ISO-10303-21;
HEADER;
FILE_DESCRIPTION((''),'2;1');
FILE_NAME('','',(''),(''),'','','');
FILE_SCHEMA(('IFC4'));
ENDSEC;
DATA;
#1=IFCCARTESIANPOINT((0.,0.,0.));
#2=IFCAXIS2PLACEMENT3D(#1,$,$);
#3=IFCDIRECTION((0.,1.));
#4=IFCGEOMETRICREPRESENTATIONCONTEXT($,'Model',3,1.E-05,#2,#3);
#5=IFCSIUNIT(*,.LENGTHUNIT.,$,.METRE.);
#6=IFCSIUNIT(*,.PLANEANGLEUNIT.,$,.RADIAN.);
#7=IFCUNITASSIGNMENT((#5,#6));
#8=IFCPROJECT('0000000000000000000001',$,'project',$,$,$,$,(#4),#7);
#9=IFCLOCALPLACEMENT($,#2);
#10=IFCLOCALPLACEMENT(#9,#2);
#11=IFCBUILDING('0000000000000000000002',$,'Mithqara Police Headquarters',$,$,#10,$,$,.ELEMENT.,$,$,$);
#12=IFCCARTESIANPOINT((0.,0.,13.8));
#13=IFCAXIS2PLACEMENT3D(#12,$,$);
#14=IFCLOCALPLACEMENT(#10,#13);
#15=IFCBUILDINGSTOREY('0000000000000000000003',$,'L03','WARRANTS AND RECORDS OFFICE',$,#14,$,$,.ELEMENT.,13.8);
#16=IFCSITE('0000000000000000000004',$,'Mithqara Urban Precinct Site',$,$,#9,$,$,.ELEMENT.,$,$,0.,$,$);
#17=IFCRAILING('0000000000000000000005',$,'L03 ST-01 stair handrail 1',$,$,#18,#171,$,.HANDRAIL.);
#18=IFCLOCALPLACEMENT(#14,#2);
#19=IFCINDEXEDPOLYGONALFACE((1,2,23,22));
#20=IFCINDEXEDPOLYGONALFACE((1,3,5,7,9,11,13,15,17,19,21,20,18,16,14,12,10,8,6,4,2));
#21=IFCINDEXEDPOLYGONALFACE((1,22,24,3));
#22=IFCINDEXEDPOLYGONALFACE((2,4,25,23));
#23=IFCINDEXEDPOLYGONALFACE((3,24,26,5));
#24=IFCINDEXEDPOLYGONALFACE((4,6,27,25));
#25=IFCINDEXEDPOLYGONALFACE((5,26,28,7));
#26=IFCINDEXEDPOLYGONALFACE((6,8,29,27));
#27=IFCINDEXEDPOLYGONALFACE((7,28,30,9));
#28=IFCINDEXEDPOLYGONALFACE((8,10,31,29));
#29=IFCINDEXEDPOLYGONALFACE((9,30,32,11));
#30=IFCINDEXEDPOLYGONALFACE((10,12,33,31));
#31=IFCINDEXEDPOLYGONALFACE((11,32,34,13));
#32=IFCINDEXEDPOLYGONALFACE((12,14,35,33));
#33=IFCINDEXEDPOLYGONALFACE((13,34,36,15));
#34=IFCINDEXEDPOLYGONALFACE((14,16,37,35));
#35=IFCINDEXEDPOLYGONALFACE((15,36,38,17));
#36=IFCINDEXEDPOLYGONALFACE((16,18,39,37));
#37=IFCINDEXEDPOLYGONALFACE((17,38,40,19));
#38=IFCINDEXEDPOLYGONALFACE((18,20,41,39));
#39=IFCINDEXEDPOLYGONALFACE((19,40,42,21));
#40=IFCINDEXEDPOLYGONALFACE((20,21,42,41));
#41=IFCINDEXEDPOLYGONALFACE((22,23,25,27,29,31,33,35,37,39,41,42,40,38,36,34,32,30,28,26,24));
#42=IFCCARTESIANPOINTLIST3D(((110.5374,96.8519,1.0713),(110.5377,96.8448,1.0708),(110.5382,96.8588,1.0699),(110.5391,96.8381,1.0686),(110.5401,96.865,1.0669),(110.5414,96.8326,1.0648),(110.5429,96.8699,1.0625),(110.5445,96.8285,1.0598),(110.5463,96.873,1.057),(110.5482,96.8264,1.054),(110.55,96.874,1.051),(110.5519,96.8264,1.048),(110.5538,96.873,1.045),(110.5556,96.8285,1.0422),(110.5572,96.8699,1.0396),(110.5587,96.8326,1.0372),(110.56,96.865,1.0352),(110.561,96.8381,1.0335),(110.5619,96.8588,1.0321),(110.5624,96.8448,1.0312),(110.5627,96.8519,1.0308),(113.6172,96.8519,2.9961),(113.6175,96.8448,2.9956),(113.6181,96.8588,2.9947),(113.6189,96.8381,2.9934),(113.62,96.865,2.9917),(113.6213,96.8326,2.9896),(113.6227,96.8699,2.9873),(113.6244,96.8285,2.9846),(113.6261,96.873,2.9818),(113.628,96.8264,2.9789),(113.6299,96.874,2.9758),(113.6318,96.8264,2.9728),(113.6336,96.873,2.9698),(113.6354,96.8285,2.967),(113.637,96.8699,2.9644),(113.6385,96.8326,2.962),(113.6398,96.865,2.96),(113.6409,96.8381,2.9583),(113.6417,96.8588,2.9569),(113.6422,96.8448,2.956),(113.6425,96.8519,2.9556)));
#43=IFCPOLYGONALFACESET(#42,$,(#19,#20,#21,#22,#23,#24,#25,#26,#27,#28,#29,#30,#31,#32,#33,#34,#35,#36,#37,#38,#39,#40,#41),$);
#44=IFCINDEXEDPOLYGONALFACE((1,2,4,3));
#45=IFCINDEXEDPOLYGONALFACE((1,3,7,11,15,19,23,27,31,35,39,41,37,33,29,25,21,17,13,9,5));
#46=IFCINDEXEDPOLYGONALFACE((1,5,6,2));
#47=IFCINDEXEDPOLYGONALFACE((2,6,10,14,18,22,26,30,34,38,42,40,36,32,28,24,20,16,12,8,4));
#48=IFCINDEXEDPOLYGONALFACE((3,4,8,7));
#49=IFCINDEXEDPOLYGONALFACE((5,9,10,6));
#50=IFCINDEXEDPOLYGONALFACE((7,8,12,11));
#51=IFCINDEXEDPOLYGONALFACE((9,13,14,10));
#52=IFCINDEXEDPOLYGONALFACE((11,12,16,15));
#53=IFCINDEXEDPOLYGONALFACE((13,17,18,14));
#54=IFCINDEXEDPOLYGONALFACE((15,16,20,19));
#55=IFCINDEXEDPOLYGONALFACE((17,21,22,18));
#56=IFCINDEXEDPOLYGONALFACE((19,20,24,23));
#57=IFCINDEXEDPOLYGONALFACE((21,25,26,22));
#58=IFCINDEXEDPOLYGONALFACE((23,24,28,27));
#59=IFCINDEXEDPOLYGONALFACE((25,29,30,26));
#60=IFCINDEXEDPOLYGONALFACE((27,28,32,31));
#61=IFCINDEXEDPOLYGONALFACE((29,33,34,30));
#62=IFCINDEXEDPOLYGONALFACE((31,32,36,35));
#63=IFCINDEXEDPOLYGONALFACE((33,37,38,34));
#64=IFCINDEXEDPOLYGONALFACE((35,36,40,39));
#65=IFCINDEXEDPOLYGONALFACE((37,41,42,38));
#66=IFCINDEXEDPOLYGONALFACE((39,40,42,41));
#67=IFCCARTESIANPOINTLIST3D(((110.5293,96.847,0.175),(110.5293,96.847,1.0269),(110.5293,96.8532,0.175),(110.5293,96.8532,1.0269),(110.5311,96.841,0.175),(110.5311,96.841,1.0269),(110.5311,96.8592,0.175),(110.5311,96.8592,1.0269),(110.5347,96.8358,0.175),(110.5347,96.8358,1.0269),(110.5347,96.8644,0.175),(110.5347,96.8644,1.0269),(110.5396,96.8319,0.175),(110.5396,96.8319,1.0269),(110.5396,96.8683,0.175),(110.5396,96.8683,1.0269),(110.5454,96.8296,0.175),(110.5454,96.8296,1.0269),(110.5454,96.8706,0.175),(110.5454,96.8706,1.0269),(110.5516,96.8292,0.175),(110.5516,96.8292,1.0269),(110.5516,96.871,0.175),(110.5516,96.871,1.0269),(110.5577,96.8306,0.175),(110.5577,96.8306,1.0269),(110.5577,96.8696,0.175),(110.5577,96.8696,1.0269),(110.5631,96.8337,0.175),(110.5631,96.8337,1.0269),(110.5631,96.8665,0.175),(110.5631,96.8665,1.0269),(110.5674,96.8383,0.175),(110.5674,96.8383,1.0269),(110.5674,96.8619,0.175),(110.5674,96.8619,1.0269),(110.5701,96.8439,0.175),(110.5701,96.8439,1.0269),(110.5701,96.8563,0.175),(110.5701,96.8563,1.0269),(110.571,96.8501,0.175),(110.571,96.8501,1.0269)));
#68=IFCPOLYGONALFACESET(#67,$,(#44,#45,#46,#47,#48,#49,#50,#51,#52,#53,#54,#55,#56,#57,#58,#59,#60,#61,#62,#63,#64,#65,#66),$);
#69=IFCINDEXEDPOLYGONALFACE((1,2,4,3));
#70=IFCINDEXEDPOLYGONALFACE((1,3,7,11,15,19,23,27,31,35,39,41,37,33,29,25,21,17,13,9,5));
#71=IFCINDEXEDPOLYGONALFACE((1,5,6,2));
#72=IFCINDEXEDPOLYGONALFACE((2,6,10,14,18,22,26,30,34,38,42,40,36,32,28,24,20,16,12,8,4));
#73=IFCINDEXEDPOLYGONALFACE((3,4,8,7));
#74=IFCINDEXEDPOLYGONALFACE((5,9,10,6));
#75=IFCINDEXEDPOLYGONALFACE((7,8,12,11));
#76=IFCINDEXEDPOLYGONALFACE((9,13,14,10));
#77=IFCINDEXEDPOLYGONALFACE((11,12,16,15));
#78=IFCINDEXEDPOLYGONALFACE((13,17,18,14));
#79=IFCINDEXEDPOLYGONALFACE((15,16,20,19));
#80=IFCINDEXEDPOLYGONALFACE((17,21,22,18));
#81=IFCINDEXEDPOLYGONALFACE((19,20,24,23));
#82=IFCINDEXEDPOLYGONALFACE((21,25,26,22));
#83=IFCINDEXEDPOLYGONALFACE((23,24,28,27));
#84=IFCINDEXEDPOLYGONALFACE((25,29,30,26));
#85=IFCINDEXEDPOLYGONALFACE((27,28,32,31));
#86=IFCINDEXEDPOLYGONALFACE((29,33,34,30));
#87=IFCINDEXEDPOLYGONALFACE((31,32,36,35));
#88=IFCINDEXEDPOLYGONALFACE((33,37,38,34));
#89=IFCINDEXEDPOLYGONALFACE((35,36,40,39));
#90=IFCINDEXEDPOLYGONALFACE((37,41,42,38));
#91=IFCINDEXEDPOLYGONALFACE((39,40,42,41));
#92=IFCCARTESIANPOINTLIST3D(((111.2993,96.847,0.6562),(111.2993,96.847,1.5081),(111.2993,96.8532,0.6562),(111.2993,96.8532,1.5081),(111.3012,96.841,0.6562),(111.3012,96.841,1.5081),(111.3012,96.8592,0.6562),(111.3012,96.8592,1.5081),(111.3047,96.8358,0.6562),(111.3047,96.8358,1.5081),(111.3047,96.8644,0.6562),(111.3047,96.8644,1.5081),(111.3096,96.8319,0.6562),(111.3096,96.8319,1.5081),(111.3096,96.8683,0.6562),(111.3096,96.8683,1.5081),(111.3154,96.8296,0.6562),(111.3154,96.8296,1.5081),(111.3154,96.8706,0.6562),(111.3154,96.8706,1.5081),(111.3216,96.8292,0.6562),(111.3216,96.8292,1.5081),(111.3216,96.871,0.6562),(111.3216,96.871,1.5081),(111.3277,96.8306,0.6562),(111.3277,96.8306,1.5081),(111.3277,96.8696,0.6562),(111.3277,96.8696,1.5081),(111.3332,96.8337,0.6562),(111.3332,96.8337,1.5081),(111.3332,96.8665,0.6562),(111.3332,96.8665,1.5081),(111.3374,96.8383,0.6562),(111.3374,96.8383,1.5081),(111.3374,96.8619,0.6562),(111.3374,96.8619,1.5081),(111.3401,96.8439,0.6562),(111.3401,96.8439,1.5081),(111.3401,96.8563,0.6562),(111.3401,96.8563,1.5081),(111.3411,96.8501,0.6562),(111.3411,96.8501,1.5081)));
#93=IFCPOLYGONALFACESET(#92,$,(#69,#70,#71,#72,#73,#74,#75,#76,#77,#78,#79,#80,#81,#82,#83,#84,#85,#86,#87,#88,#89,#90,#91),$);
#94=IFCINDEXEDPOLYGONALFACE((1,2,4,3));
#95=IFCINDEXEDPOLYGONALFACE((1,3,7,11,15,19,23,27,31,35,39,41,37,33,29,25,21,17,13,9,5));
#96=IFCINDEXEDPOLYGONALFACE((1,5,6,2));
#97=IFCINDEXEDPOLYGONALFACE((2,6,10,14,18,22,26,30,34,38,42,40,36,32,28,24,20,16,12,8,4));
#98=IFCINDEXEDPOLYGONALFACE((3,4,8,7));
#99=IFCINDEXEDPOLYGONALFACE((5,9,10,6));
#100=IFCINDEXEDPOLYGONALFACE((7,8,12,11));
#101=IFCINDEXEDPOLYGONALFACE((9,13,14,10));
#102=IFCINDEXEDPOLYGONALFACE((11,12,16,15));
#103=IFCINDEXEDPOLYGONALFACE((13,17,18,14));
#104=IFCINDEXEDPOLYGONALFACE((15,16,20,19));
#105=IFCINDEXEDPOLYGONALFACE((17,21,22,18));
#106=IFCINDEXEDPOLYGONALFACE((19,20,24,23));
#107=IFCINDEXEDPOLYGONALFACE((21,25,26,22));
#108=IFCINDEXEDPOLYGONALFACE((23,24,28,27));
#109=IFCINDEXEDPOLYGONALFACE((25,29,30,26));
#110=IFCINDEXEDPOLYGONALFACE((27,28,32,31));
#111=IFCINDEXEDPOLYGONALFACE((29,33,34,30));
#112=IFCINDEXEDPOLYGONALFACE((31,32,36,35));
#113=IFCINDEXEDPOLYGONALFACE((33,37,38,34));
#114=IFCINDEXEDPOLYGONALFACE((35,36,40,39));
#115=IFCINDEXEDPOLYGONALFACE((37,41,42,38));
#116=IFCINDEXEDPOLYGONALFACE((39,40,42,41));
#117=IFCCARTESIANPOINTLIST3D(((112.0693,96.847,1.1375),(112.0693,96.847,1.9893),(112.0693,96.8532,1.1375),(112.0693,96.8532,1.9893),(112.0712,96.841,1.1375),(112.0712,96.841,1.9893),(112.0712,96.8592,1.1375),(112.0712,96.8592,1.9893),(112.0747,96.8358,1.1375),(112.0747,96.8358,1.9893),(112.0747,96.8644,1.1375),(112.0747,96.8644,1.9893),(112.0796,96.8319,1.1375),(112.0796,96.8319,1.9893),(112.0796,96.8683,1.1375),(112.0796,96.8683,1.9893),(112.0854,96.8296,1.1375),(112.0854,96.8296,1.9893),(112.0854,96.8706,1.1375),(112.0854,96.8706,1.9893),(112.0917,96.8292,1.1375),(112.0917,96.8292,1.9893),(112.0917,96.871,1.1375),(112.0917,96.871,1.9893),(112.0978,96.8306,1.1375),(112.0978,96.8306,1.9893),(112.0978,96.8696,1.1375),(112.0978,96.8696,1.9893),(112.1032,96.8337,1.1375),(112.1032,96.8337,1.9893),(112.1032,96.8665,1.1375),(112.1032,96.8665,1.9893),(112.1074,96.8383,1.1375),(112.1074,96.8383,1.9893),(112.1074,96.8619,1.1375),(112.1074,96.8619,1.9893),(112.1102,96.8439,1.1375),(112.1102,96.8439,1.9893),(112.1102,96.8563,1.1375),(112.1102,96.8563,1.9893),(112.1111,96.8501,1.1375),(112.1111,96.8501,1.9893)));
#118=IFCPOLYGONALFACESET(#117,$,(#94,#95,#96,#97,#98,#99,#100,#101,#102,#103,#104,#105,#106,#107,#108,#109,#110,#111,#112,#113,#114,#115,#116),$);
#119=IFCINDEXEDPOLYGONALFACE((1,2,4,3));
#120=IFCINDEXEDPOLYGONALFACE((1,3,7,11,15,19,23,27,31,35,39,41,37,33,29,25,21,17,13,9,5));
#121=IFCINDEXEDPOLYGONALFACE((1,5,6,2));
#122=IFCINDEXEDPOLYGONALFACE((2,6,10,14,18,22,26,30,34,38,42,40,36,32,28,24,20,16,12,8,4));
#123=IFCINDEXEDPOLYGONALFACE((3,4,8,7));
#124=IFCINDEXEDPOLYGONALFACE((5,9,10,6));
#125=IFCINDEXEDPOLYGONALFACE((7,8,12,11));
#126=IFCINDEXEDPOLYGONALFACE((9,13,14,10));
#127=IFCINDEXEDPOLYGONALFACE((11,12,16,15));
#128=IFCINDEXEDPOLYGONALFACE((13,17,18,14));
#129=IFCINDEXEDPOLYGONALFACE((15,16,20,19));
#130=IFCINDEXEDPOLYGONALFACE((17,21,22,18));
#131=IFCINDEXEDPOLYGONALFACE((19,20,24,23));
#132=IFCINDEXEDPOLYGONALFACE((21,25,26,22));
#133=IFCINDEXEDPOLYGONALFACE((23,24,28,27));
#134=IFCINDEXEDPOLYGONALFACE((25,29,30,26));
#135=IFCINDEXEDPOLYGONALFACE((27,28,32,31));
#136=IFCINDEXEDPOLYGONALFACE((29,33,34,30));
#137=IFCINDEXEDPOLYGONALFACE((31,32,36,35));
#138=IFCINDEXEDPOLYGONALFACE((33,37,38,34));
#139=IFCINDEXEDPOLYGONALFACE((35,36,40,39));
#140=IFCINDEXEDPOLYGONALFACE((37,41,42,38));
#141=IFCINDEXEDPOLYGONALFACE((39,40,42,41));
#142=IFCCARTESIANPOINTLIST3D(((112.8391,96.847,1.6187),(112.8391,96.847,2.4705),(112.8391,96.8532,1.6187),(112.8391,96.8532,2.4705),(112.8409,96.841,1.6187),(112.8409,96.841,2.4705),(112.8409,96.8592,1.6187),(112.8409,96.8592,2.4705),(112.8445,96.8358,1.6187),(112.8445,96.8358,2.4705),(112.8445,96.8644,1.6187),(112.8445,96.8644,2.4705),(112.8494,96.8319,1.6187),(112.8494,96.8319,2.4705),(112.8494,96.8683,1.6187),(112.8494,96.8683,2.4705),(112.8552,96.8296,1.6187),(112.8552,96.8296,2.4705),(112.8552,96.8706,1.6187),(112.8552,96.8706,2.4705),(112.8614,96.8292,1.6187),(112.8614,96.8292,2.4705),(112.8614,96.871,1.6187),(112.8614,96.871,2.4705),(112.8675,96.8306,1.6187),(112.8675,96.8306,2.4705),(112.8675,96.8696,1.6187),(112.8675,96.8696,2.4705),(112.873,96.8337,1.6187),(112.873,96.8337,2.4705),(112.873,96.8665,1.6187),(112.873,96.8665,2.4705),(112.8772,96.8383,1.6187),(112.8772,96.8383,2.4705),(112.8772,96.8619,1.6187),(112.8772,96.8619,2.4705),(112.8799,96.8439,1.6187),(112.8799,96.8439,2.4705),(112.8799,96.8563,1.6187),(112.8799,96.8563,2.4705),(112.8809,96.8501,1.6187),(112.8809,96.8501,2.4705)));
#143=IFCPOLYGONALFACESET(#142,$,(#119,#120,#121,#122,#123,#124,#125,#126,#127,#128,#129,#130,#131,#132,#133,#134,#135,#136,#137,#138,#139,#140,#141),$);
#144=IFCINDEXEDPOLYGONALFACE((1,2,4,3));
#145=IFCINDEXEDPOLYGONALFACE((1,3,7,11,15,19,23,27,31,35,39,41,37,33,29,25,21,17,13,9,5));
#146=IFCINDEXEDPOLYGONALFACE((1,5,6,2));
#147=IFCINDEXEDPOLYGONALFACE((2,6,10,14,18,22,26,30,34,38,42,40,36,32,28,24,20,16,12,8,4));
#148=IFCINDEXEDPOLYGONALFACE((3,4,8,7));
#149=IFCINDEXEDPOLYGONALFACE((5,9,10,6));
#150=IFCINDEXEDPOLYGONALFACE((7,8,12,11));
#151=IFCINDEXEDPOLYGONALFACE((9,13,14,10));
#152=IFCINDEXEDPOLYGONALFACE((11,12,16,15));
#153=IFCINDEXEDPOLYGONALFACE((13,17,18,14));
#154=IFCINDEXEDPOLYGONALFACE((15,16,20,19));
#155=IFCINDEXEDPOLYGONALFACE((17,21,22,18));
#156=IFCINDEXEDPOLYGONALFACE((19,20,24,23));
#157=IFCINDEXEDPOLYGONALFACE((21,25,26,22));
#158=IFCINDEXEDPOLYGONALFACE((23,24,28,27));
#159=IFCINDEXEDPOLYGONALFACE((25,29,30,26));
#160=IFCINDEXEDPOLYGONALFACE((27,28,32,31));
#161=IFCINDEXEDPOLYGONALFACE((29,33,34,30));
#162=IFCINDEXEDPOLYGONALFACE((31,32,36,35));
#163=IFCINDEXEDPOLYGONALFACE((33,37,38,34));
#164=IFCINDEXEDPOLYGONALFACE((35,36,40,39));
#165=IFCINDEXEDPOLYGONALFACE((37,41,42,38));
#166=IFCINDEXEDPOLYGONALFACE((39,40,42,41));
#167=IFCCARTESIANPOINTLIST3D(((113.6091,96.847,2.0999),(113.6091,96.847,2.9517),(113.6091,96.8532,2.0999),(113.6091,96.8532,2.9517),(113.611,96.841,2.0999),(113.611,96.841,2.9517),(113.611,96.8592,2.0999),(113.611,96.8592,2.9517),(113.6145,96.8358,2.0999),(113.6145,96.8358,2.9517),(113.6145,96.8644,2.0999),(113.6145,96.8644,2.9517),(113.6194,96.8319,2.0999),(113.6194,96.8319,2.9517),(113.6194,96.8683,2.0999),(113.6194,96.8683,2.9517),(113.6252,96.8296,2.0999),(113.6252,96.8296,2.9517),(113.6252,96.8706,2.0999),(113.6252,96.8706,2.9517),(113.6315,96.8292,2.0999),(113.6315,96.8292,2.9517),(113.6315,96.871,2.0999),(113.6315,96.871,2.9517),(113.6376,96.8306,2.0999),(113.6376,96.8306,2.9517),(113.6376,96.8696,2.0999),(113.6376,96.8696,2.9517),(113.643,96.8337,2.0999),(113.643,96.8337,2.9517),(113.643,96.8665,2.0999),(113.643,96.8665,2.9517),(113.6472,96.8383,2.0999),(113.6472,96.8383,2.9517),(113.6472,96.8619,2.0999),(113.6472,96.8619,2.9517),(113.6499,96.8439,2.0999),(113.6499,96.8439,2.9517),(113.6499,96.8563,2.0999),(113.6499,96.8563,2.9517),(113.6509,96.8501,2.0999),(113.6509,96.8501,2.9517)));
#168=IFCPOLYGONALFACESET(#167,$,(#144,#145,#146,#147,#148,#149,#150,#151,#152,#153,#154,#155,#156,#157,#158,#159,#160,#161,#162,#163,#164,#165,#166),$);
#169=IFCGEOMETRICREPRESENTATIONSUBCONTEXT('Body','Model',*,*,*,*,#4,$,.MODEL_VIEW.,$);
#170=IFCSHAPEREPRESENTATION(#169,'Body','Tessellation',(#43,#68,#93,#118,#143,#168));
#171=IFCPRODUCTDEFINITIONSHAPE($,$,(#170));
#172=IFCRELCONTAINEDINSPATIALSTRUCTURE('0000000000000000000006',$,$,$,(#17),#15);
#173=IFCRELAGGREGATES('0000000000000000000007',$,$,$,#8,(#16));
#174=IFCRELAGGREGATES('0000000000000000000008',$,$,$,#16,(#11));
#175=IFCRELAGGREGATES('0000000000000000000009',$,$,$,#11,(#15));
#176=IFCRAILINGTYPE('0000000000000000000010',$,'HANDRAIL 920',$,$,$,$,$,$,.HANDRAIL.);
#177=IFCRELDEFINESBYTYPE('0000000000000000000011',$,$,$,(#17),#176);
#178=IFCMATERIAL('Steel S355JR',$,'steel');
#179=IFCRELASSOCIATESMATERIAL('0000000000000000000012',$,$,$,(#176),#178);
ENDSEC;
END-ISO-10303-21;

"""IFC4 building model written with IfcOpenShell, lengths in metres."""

from ifc_helpers import new_model, si_unit, direction, frame, origin, origin_2d, place, context, subcontext, project, spatial, circle, extrude, material, type_object, element, save


model = new_model("IFC4")

# Units and contexts
model_context = context("Model", 3, precision=1e-05, world=origin(), true_north=direction((0.0, 1.0)))
body_context = subcontext(model_context, "Body", "Model", "MODEL_VIEW")
ifc_project = project(units=[si_unit("LENGTHUNIT", "METRE"), si_unit("PLANEANGLEUNIT", "RADIAN")], contexts=[model_context])

# Site, building, storey
site_placement = place(None, origin())
site = spatial("IfcSite", under=ifc_project, at=site_placement, Name="Mithqara Urban Precinct Site", CompositionType="ELEMENT", RefElevation=0.0)
building_placement = place(site_placement, origin())
building = spatial("IfcBuilding", under=site, at=building_placement, Name="Mithqara Police Headquarters", CompositionType="ELEMENT")
storey_placement = place(building_placement, frame((0.0, 0.0, 13.8)))
storey = spatial("IfcBuildingStorey", under=building, at=storey_placement, Name="L03", Description="WARRANTS AND RECORDS OFFICE", CompositionType="ELEMENT", Elevation=13.8)

# Shared definitions
ifc_material_1 = material(Name="Steel S355JR", Category="steel")

# Railing
railing_type_1 = type_object("IfcRailingType", Name="HANDRAIL 920", PredefinedType="HANDRAIL", material=ifc_material_1)
railing_1_placement = place(storey_placement, frame((110.55, 96.8501, 0.175)))
element("IfcRailing", 1, at=railing_1_placement, inside=storey, type_object=railing_type_1, Name="L03 ST-01 stair handrail 1", PredefinedType="HANDRAIL", context=body_context, shape_type="SweptSolid", body=[
    extrude(circle(Radius=0.0239, at=origin_2d()), frame((0.0, 0.0, 0.876), z_axis=(0.84801, 0.0, 0.529981), x_axis=(0.0, 1.0, 0.0)), (0.0, 0.0, 1.0), 3.6318),
    extrude(circle(Radius=0.021, at=origin_2d()), origin(), (0.0, 0.0, 1.0), 0.8518),
    extrude(circle(Radius=0.021, at=origin_2d()), frame((0.77, 0.0, 0.4812)), (0.0, 0.0, 1.0), 0.8518),
    extrude(circle(Radius=0.021, at=origin_2d()), frame((1.54, 0.0, 0.9624)), (0.0, 0.0, 1.0), 0.8518),
    extrude(circle(Radius=0.021, at=origin_2d()), frame((2.3098, 0.0, 1.4436)), (0.0, 0.0, 1.0), 0.8518),
    extrude(circle(Radius=0.021, at=origin_2d()), frame((3.0798, 0.0, 1.9248)), (0.0, 0.0, 1.0), 0.8518),
])

save(model, "model.ifc")
